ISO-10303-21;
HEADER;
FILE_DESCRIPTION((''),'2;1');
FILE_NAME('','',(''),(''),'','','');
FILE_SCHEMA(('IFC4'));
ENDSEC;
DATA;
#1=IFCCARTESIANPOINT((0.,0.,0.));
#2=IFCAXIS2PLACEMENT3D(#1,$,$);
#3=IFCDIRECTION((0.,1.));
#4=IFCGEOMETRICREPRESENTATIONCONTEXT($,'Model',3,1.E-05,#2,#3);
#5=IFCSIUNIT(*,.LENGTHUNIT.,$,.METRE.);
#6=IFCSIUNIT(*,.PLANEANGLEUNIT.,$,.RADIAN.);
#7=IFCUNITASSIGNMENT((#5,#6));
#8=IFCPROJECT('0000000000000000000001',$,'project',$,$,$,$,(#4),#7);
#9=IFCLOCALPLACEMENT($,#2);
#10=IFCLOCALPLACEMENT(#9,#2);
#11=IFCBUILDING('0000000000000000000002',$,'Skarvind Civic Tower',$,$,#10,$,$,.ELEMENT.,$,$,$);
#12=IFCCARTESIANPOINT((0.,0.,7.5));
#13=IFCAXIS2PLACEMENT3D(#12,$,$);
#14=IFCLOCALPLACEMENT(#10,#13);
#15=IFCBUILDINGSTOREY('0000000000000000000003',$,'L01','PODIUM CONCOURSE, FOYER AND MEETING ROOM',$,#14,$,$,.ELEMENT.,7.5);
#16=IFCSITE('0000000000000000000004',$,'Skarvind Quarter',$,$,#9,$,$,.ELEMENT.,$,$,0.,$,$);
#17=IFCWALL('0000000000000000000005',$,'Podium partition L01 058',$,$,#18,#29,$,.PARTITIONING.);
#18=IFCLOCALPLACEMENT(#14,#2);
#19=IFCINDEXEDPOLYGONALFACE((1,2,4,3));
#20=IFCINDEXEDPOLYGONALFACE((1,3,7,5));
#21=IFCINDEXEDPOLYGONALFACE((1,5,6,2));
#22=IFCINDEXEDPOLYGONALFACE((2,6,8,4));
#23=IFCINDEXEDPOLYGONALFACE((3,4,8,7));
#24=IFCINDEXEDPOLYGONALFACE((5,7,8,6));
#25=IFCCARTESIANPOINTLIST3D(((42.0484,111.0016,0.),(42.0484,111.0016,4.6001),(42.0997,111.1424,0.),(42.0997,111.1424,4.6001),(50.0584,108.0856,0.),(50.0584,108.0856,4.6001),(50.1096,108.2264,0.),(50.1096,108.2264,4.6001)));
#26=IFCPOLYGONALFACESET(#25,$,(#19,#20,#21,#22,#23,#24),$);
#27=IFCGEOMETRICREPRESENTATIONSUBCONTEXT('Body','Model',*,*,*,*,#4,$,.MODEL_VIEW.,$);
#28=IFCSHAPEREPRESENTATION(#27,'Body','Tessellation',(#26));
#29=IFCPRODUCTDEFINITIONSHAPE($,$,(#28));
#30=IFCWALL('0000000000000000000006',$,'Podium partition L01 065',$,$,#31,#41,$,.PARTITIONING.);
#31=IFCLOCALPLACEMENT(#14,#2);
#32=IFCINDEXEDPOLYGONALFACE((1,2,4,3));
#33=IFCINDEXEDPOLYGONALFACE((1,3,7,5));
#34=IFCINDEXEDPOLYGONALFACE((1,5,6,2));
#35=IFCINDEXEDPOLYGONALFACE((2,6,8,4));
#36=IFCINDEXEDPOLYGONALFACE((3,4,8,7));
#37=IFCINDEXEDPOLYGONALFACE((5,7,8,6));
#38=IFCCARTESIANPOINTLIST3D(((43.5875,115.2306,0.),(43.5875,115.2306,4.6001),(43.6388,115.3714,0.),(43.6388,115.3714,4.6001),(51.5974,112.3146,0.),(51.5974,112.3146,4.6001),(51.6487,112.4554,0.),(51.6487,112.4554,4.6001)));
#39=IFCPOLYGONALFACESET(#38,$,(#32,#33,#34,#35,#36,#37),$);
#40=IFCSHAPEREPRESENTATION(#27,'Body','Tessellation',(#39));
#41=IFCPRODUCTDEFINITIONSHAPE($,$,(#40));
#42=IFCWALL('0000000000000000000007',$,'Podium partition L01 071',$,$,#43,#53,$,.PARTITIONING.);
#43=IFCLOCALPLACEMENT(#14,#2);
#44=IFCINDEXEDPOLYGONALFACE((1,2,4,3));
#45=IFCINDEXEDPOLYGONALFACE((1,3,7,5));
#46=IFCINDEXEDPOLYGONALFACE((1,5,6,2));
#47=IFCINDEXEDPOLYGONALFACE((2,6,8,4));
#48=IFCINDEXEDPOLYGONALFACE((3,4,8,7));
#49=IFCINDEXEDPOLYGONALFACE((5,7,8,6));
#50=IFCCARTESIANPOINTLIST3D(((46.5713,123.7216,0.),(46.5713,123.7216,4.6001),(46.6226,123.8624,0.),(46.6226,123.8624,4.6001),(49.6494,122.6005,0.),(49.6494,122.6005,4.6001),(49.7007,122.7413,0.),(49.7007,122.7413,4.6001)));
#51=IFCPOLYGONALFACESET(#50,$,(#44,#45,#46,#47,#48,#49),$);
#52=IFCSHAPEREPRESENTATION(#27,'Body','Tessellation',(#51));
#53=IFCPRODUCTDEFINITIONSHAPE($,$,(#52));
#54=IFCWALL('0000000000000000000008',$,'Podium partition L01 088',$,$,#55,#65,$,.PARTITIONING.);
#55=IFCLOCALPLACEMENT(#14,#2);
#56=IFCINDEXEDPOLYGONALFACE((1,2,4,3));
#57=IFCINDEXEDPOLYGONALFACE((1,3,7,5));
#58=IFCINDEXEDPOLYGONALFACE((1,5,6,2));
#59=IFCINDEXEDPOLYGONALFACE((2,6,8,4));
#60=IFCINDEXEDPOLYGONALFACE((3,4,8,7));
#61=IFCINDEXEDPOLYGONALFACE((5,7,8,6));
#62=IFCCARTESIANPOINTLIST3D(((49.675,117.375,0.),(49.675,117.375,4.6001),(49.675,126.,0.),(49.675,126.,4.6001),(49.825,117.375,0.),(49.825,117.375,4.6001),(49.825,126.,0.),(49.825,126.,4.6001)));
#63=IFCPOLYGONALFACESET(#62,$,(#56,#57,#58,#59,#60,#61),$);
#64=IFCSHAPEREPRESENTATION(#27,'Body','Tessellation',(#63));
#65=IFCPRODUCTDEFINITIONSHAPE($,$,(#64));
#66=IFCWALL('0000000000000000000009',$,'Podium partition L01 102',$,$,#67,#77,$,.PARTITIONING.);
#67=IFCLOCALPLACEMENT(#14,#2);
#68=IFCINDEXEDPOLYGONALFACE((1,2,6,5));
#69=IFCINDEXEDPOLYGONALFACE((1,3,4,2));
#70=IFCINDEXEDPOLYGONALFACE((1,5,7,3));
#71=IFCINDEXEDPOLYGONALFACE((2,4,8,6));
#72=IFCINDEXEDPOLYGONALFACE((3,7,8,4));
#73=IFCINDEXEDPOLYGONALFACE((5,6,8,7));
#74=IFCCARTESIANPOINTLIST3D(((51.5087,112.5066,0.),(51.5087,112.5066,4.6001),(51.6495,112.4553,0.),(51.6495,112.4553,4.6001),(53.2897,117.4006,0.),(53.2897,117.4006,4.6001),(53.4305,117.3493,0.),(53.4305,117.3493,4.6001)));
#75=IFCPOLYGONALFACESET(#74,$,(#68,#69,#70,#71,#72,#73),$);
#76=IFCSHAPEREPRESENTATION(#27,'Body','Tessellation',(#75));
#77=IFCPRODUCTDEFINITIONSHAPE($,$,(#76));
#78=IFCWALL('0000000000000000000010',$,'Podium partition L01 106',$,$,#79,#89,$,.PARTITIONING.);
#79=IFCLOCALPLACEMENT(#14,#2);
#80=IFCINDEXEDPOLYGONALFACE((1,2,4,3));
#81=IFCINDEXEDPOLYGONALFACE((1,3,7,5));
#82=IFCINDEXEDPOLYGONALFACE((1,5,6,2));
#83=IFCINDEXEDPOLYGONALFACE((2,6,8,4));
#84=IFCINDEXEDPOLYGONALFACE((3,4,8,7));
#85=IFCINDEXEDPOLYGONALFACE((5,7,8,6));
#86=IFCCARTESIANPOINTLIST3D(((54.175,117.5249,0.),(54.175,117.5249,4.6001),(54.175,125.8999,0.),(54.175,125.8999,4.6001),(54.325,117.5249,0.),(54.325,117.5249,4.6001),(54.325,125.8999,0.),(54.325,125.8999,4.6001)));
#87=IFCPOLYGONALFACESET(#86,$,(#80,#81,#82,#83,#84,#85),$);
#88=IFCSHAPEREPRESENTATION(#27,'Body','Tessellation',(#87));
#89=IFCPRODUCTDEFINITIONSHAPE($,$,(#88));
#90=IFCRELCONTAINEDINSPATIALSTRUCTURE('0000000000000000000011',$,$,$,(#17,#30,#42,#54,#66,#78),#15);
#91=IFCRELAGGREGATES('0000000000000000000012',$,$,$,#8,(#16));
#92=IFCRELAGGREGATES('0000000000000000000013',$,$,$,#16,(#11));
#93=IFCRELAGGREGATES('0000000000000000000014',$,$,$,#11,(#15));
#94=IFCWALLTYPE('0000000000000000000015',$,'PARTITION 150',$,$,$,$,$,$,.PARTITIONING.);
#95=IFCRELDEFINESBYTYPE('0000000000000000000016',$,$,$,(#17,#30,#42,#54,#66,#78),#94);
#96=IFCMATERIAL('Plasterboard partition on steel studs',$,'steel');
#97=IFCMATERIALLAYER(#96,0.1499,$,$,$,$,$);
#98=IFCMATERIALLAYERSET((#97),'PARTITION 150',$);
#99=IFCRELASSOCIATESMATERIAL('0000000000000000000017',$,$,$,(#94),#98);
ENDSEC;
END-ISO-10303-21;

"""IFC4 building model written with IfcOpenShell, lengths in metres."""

from ifc_helpers import new_model, si_unit, direction, frame, frame_2d, origin, place, context, subcontext, project, spatial, rectangle, extrude, material, layer, layer_set, type_object, element, save


model = new_model("IFC4")

# Units and contexts
model_context = context("Model", 3, precision=1e-05, world=origin(), true_north=direction((0.0, 1.0)))
body_context = subcontext(model_context, "Body", "Model", "MODEL_VIEW")
ifc_project = project(units=[si_unit("LENGTHUNIT", "METRE"), si_unit("PLANEANGLEUNIT", "RADIAN")], contexts=[model_context])

# Site, building, storey
site_placement = place(None, origin())
site = spatial("IfcSite", under=ifc_project, at=site_placement, Name="Skarvind Quarter", CompositionType="ELEMENT", RefElevation=0.0)
building_placement = place(site_placement, origin())
building = spatial("IfcBuilding", under=site, at=building_placement, Name="Skarvind Civic Tower", CompositionType="ELEMENT")
storey_placement = place(building_placement, frame((0.0, 0.0, 7.5)))
storey = spatial("IfcBuildingStorey", under=building, at=storey_placement, Name="L01", Description="PODIUM CONCOURSE, FOYER AND MEETING ROOM", CompositionType="ELEMENT", Elevation=7.5)

# Walls
ifc_material_1 = material(Name="Plasterboard partition on steel studs", Category="steel")
ifc_layer_1 = layer(ifc_material_1, 0.1499)
ifc_layer_set_1 = layer_set([ifc_layer_1], Name="PARTITION 150")
wall_type_1 = type_object("IfcWallType", Name="PARTITION 150", PredefinedType="PARTITIONING", material=ifc_layer_set_1)
for number, where, z_axis, x_axis, name in (
    (1, (42.074, 111.072, 0.0), (0.0, 0.0, 1.0), (0.93967, -0.342083, 0.0), "Podium partition L01 058"),
    (2, (43.613, 115.301, 0.0), (0.0, 0.0, 1.0), (0.93967, -0.342083, 0.0), "Podium partition L01 065"),
):
    element("IfcWall", number, at=place(storey_placement, frame(where, z_axis=z_axis, x_axis=x_axis)), inside=storey, type_object=wall_type_1, Name=name, PredefinedType="PARTITIONING", context=body_context, shape_type="SweptSolid", body=[
        extrude(rectangle(XDim=8.5242, YDim=0.1499, at=frame_2d((4.2622, 0.0))), origin(), (0.0, 0.0, 1.0), 4.6001),
    ])
wall_1_placement = place(storey_placement, frame((46.5969, 123.792, 0.0), z_axis=(0.0, 0.0, 1.0), x_axis=(0.939619, -0.342222, 0.0)))
element("IfcWall", 3, at=wall_1_placement, inside=storey, type_object=wall_type_1, Name="Podium partition L01 071", PredefinedType="PARTITIONING", context=body_context, shape_type="SweptSolid", body=[
    extrude(rectangle(XDim=3.2759, YDim=0.1499, at=frame_2d((1.6379, 0.0))), origin(), (0.0, 0.0, 1.0), 4.6001),
])
wall_2_placement = place(storey_placement, frame((49.75, 117.375, 0.0), z_axis=(0.0, 0.0, 1.0), x_axis=(0.0, 1.0, 0.0)))
element("IfcWall", 4, at=wall_2_placement, inside=storey, type_object=wall_type_1, Name="Podium partition L01 088", PredefinedType="PARTITIONING", context=body_context, shape_type="SweptSolid", body=[
    extrude(rectangle(XDim=8.625, YDim=0.1499, at=frame_2d((4.3125, 0.0))), origin(), (0.0, 0.0, 1.0), 4.6001),
])
wall_3_placement = place(storey_placement, frame((51.5791, 112.481, 0.0), z_axis=(0.0, 0.0, 1.0), x_axis=(0.341973, 0.93971, 0.0)))
element("IfcWall", 5, at=wall_3_placement, inside=storey, type_object=wall_type_1, Name="Podium partition L01 102", PredefinedType="PARTITIONING", context=body_context, shape_type="SweptSolid", body=[
    extrude(rectangle(XDim=5.208, YDim=0.1499, at=frame_2d((2.604, 0.0))), origin(), (0.0, 0.0, 1.0), 4.6001),
])
wall_4_placement = place(storey_placement, frame((54.25, 117.5249, 0.0), z_axis=(0.0, 0.0, 1.0), x_axis=(0.0, 1.0, 0.0)))
element("IfcWall", 6, at=wall_4_placement, inside=storey, type_object=wall_type_1, Name="Podium partition L01 106", PredefinedType="PARTITIONING", context=body_context, shape_type="SweptSolid", body=[
    extrude(rectangle(XDim=8.375, YDim=0.1499, at=frame_2d((4.1875, 0.0))), origin(), (0.0, 0.0, 1.0), 4.6001),
])

save(model, "model.ifc")
